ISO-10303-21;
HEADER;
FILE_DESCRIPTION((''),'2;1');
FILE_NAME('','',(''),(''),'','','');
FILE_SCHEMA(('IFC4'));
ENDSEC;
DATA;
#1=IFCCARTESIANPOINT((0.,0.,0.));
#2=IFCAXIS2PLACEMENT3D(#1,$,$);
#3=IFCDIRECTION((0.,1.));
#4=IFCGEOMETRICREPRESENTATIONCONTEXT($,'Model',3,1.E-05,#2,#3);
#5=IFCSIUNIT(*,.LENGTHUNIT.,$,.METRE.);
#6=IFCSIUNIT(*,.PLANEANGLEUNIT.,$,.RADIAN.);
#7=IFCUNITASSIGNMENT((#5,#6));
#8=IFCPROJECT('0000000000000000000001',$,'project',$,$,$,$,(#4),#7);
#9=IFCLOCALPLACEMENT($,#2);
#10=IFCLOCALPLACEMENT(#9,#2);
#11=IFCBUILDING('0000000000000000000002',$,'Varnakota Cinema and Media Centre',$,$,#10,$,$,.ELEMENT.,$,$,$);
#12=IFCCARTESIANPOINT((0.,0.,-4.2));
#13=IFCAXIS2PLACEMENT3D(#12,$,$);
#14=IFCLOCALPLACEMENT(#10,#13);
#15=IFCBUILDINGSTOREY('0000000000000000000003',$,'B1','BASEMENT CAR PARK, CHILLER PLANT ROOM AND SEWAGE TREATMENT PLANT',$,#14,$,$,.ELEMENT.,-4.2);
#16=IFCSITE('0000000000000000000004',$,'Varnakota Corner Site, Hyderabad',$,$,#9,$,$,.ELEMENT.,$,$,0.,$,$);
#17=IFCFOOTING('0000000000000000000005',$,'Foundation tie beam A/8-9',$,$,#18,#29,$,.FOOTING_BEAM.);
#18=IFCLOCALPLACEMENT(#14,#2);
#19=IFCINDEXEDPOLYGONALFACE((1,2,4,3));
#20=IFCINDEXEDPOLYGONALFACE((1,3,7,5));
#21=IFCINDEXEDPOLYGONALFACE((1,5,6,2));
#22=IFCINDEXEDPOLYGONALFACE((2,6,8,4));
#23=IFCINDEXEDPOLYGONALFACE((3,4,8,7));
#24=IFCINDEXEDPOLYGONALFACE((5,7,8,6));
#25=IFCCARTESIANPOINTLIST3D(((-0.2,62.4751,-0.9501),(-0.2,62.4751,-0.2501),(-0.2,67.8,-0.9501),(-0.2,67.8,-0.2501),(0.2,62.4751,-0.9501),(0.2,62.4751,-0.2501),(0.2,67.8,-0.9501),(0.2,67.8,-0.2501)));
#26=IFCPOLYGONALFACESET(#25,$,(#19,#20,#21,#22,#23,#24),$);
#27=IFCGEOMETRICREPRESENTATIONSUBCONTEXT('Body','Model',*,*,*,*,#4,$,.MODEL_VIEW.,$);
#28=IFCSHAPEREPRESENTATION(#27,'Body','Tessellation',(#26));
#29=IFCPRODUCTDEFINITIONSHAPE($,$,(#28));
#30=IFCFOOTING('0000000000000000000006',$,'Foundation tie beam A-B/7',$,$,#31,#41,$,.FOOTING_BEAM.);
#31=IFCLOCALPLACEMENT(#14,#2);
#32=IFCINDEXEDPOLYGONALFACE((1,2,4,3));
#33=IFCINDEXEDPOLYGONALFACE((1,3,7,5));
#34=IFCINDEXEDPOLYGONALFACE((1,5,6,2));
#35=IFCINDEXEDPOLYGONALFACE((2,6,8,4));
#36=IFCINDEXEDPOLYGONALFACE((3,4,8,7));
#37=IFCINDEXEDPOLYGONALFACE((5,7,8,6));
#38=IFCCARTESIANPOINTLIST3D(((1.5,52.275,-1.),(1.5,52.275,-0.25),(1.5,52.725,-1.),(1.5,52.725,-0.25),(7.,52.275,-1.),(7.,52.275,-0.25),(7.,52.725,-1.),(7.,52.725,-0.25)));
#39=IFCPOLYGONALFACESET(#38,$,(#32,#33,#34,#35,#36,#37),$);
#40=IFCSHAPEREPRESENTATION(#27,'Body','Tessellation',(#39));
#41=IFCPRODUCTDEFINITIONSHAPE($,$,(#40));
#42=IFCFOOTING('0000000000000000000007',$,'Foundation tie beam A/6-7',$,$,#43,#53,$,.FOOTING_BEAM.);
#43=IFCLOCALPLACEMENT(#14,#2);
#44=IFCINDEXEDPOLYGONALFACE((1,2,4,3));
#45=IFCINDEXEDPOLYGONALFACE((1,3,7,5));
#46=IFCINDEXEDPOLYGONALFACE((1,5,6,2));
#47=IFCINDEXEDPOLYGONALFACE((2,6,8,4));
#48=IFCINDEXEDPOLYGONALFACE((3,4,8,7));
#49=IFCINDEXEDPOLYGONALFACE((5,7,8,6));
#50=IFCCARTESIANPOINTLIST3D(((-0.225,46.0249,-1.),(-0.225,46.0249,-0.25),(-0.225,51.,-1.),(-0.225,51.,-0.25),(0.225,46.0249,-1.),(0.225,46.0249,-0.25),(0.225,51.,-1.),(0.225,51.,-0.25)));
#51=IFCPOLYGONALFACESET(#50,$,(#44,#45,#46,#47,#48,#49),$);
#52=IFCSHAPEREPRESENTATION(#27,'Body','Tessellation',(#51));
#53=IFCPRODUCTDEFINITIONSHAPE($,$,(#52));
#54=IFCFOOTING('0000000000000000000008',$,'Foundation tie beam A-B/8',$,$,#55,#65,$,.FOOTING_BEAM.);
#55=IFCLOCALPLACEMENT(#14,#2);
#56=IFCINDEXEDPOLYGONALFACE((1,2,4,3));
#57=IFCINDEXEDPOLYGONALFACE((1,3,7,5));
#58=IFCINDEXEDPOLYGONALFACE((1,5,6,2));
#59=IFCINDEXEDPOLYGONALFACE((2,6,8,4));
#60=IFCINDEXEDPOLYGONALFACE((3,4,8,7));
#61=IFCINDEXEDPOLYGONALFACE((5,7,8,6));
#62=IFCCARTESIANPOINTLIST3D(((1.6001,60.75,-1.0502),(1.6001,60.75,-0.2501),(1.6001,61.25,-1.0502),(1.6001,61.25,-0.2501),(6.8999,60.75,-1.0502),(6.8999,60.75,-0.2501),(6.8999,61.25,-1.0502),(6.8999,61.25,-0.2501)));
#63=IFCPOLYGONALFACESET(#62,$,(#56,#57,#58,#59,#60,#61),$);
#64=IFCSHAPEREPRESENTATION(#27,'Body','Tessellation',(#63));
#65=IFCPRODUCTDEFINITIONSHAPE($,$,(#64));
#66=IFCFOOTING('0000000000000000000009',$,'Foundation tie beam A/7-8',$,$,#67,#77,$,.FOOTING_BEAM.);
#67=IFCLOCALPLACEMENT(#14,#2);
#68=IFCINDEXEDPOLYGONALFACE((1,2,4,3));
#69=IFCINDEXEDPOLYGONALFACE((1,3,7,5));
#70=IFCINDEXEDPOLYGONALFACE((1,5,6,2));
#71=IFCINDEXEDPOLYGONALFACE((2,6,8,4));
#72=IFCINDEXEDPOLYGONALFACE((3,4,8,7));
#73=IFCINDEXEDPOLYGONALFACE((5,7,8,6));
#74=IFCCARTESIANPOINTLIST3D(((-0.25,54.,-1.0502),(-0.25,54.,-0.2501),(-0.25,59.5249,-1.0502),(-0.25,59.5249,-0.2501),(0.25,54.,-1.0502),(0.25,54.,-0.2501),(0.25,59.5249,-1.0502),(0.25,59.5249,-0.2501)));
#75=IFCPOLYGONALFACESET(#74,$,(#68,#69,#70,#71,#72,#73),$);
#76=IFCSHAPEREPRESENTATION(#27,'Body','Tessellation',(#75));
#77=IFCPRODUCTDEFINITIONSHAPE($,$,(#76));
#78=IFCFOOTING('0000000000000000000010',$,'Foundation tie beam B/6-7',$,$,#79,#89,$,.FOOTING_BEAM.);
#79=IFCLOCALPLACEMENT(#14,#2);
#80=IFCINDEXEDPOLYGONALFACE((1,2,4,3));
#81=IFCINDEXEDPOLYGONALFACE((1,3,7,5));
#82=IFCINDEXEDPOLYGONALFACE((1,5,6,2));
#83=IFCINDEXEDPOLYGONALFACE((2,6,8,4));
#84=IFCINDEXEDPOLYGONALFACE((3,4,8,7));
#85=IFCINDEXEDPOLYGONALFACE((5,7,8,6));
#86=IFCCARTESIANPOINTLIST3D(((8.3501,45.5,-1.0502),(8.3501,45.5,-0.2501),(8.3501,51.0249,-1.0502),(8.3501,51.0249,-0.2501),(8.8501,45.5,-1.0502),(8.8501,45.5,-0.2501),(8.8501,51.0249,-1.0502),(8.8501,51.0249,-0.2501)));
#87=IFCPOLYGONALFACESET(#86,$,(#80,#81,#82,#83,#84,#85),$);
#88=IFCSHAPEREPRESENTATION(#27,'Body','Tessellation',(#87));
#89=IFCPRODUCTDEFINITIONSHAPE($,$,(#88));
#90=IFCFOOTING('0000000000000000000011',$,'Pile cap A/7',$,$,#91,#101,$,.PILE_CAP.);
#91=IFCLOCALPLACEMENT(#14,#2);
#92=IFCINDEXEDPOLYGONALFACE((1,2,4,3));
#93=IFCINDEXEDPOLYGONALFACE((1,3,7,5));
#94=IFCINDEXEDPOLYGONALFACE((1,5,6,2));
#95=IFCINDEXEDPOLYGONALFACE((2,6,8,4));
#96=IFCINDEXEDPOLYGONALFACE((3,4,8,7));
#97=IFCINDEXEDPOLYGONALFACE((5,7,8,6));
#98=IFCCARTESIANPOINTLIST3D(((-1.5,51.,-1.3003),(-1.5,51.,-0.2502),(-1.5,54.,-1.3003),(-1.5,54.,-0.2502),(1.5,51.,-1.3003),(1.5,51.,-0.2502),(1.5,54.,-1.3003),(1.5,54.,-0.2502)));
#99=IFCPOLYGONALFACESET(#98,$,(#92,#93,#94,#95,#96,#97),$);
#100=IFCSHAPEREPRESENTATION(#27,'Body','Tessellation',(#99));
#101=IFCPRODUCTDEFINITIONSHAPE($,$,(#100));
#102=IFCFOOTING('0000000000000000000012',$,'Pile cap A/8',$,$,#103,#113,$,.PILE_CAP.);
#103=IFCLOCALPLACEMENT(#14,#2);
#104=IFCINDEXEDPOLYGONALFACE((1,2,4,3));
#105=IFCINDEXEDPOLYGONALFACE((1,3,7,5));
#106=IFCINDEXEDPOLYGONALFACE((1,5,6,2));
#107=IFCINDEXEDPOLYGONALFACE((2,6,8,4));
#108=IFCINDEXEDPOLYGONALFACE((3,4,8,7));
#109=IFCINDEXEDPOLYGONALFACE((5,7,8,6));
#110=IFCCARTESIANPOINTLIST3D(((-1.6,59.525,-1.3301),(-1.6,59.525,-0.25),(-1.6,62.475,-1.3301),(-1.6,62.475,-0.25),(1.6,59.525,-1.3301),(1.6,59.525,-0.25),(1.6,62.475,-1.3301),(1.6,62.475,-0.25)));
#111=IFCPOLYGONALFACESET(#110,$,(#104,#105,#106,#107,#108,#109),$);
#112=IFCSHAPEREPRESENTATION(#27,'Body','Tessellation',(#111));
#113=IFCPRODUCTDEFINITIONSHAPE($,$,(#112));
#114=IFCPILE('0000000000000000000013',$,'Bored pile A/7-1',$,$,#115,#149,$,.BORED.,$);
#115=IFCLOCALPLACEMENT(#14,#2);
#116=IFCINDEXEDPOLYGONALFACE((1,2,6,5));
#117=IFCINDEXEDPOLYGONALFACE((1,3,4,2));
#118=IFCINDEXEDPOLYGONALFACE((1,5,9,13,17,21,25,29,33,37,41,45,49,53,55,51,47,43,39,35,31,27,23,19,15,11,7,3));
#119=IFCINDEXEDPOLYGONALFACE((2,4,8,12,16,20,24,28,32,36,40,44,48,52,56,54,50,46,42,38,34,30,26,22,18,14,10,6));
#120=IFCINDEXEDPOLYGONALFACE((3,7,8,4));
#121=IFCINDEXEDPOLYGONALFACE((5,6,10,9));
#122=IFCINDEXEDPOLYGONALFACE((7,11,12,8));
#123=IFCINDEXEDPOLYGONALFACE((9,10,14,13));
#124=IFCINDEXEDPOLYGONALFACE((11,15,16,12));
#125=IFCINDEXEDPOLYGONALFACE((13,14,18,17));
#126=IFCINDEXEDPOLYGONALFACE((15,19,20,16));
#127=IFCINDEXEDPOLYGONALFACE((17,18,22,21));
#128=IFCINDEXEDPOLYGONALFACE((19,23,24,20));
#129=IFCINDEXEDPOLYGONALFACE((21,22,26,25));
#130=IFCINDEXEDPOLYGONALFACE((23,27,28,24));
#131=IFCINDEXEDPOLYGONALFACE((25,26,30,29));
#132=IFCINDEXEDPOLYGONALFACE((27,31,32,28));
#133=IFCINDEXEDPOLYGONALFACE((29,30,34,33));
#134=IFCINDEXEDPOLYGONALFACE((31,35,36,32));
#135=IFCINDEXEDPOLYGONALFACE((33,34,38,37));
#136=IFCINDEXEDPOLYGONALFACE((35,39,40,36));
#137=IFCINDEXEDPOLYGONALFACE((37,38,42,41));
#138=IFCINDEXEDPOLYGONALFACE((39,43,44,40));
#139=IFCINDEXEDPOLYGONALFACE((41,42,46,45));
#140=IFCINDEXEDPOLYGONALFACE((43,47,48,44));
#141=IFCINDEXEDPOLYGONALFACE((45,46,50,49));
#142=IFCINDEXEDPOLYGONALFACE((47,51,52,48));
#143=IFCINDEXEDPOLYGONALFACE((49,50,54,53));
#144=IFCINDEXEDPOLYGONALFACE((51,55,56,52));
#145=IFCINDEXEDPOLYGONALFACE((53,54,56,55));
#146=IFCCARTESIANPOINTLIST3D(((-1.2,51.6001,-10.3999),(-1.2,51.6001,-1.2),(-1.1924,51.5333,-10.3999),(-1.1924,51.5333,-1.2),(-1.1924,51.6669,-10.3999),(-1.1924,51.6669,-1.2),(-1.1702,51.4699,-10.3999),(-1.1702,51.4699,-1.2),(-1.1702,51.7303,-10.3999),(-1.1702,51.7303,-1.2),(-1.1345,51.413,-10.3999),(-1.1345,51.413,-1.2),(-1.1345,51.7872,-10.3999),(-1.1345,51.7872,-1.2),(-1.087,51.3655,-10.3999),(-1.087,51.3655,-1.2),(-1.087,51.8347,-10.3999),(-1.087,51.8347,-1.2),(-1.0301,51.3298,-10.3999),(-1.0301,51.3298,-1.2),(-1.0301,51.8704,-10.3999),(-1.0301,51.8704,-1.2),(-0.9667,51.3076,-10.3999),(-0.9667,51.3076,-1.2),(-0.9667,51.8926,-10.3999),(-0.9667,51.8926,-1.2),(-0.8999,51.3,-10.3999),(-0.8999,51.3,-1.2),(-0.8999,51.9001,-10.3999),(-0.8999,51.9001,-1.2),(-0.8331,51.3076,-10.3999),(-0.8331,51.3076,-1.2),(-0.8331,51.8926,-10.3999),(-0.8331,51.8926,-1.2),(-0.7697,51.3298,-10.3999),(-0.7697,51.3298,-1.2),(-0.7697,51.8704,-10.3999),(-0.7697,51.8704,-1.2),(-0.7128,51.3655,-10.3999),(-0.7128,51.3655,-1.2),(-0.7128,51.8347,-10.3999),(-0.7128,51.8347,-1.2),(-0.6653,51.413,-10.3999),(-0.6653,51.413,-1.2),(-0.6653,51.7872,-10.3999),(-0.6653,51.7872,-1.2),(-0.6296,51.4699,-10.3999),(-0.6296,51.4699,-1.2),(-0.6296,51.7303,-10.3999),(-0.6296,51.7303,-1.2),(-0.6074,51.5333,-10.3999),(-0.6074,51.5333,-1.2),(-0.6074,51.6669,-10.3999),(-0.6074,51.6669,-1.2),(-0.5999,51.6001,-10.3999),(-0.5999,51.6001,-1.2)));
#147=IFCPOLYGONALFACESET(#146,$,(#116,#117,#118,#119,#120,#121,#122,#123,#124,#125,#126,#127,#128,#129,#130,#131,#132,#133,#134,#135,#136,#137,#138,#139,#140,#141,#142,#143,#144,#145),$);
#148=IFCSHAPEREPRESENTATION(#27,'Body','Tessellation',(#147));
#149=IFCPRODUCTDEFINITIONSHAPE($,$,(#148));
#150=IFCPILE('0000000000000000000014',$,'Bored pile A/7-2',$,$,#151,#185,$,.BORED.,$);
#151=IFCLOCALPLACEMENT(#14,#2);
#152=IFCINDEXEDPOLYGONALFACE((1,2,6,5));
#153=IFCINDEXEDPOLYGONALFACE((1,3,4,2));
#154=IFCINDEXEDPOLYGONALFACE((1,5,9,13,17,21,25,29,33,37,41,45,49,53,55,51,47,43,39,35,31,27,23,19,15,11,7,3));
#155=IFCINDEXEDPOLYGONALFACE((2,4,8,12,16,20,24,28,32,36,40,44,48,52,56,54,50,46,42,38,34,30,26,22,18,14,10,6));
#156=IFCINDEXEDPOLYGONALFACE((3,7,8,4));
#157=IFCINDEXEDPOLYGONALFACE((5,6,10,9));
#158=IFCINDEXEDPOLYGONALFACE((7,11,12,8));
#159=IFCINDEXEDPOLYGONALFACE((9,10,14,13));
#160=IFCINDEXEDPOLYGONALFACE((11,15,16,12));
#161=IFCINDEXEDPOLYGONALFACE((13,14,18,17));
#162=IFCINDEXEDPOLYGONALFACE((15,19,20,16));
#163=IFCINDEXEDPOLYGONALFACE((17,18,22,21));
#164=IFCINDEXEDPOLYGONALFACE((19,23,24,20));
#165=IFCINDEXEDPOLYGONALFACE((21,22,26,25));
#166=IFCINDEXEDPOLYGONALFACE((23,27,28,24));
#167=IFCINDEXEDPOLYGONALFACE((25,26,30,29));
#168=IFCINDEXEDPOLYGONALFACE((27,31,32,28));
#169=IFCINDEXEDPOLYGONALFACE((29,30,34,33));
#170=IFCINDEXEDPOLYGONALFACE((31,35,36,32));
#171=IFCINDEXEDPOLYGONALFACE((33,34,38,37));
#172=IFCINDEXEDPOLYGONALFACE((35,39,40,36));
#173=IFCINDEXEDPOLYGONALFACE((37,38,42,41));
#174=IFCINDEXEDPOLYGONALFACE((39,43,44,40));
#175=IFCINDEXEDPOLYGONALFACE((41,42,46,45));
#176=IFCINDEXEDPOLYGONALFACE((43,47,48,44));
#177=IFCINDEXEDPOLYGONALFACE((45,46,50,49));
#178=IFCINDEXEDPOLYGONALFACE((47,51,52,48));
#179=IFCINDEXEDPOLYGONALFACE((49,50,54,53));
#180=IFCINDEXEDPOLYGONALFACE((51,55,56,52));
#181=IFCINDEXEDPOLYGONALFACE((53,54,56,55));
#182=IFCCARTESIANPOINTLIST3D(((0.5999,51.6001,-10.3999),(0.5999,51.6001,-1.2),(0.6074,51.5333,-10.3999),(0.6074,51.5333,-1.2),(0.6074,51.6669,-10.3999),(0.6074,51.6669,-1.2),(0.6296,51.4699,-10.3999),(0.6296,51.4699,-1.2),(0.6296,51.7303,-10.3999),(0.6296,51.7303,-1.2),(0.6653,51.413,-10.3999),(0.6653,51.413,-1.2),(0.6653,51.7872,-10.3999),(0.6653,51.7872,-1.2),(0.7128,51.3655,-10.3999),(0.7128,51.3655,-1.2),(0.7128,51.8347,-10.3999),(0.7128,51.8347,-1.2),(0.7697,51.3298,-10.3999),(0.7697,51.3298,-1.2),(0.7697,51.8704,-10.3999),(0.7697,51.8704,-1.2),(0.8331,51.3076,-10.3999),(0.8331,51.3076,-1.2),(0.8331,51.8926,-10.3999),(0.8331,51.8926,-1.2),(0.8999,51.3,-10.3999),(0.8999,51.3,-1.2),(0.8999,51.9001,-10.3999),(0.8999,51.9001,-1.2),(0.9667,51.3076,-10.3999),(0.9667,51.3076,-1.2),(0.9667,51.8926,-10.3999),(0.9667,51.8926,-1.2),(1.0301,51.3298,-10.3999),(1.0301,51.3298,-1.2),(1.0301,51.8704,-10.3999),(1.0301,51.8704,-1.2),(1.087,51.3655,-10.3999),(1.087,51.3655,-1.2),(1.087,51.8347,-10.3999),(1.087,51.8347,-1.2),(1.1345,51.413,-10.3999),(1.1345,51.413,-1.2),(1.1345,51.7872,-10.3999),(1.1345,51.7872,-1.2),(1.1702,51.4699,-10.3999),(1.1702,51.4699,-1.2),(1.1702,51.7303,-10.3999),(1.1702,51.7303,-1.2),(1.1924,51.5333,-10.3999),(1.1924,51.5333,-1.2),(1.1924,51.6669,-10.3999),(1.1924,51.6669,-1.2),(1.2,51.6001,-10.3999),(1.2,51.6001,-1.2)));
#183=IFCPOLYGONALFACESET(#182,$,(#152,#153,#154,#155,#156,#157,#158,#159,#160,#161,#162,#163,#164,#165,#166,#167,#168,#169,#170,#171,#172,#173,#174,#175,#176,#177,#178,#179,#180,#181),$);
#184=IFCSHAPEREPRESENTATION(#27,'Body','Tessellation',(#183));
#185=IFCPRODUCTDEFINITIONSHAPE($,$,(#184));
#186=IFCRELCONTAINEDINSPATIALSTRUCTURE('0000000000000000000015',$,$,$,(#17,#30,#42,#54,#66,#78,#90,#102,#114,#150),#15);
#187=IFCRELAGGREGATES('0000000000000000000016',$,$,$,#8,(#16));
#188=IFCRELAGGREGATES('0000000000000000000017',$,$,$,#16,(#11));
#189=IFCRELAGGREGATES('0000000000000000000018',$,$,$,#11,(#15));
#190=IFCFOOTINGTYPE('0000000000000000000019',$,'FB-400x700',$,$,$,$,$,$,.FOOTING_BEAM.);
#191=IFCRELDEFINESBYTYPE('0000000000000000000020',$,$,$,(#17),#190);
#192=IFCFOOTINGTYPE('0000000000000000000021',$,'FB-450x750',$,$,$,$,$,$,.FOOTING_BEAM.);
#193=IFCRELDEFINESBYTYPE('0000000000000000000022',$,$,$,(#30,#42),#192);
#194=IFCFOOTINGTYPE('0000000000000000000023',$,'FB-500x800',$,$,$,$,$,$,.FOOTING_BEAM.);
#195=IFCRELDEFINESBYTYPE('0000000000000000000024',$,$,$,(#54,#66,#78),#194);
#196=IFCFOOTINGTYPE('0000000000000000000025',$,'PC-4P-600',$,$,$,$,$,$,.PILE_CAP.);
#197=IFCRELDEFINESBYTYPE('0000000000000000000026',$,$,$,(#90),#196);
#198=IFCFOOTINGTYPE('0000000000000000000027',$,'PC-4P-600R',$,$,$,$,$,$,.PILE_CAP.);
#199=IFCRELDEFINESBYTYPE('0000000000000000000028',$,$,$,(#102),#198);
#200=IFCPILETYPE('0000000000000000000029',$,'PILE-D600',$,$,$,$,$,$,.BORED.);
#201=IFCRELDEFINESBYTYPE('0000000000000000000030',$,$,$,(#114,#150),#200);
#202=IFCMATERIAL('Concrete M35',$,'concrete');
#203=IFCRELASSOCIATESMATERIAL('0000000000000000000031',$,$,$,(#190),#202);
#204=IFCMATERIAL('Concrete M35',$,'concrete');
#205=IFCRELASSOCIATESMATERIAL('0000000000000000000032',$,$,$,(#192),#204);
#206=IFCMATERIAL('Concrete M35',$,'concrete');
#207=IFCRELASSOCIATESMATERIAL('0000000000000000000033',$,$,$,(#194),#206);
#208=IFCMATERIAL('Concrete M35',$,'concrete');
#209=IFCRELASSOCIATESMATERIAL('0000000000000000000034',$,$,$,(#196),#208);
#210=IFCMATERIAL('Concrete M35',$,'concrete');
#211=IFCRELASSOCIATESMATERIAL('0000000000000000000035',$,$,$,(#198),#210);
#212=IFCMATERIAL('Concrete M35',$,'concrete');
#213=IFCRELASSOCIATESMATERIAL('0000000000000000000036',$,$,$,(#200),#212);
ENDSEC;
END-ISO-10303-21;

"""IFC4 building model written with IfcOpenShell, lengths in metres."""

from ifc_helpers import new_model, si_unit, direction, frame, origin, origin_2d, place, context, subcontext, project, spatial, rectangle, circle, extrude, material, material_profile, profile_set, type_object, element, save


model = new_model("IFC4")

# Units and contexts
model_context = context("Model", 3, precision=1e-05, world=origin(), true_north=direction((0.0, 1.0)))
body_context = subcontext(model_context, "Body", "Model", "MODEL_VIEW")
ifc_project = project(units=[si_unit("LENGTHUNIT", "METRE"), si_unit("PLANEANGLEUNIT", "RADIAN")], contexts=[model_context])

# Site, building, storey
site_placement = place(None, origin())
site = spatial("IfcSite", under=ifc_project, at=site_placement, Name="Varnakota Corner Site, Hyderabad", CompositionType="ELEMENT", RefElevation=0.0)
building_placement = place(site_placement, origin())
building = spatial("IfcBuilding", under=site, at=building_placement, Name="Varnakota Cinema and Media Centre", CompositionType="ELEMENT")
storey_placement = place(building_placement, frame((0.0, 0.0, -4.2)))
storey = spatial("IfcBuildingStorey", under=building, at=storey_placement, Name="B1", Description="BASEMENT CAR PARK, CHILLER PLANT ROOM AND SEWAGE TREATMENT PLANT", CompositionType="ELEMENT", Elevation=-4.2)

# Footings
ifc_material_1 = material(Name="Concrete M35", Category="concrete")
ifc_material_profile_1 = material_profile(ifc_material_1, rectangle(XDim=0.3999, YDim=0.7, at=origin_2d()), Name="FB 400x700")
ifc_profile_set_1 = profile_set([ifc_material_profile_1], Name="Concrete M35")
footing_type_1 = type_object("IfcFootingType", Name="FB-400x700", PredefinedType="FOOTING_BEAM", material=ifc_profile_set_1)
footing_1_placement = place(storey_placement, frame((0.0, 62.4751, -0.6001), z_axis=(0.0, 1.0, 0.0), x_axis=(-1.0, 0.0, 0.0)))
element("IfcFooting", 1, at=footing_1_placement, inside=storey, type_object=footing_type_1, Name="Foundation tie beam A/8-9", PredefinedType="FOOTING_BEAM", context=body_context, shape_type="SweptSolid", body=[
    extrude(rectangle(XDim=0.3999, YDim=0.7, at=origin_2d()), origin(), (0.0, 0.0, 1.0), 5.325),
])
ifc_material_2 = material(Name="Concrete M35", Category="concrete")
ifc_material_profile_2 = material_profile(ifc_material_2, rectangle(XDim=0.45, YDim=0.75, at=origin_2d()), Name="FB 450x750")
ifc_profile_set_2 = profile_set([ifc_material_profile_2], Name="Concrete M35")
footing_type_2 = type_object("IfcFootingType", Name="FB-450x750", PredefinedType="FOOTING_BEAM", material=ifc_profile_set_2)
footing_2_placement = place(storey_placement, frame((1.5, 52.5, -0.625), z_axis=(1.0, 0.0, 0.0), x_axis=(0.0, 1.0, 0.0)))
element("IfcFooting", 2, at=footing_2_placement, inside=storey, type_object=footing_type_2, Name="Foundation tie beam A-B/7", PredefinedType="FOOTING_BEAM", context=body_context, shape_type="SweptSolid", body=[
    extrude(rectangle(XDim=0.45, YDim=0.75, at=origin_2d()), origin(), (0.0, 0.0, 1.0), 5.5),
])
footing_3_placement = place(storey_placement, frame((0.0, 46.0249, -0.625), z_axis=(0.0, 1.0, 0.0), x_axis=(-1.0, 0.0, 0.0)))
element("IfcFooting", 3, at=footing_3_placement, inside=storey, type_object=footing_type_2, Name="Foundation tie beam A/6-7", PredefinedType="FOOTING_BEAM", context=body_context, shape_type="SweptSolid", body=[
    extrude(rectangle(XDim=0.45, YDim=0.75, at=origin_2d()), origin(), (0.0, 0.0, 1.0), 4.9751),
])
ifc_material_3 = material(Name="Concrete M35", Category="concrete")
ifc_material_profile_3 = material_profile(ifc_material_3, rectangle(XDim=0.5, YDim=0.8, at=origin_2d()), Name="FB 500x800")
ifc_profile_set_3 = profile_set([ifc_material_profile_3], Name="Concrete M35")
footing_type_3 = type_object("IfcFootingType", Name="FB-500x800", PredefinedType="FOOTING_BEAM", material=ifc_profile_set_3)
footing_4_placement = place(storey_placement, frame((1.6001, 61.0, -0.6501), z_axis=(1.0, 0.0, 0.0), x_axis=(0.0, 1.0, 0.0)))
element("IfcFooting", 4, at=footing_4_placement, inside=storey, type_object=footing_type_3, Name="Foundation tie beam A-B/8", PredefinedType="FOOTING_BEAM", context=body_context, shape_type="SweptSolid", body=[
    extrude(rectangle(XDim=0.5, YDim=0.8, at=origin_2d()), origin(), (0.0, 0.0, 1.0), 5.2998),
])
for number, where, z_axis, x_axis, name in (
    (5, (0.0, 54.0, -0.6501), (0.0, 1.0, 0.0), (-1.0, 0.0, 0.0), "Foundation tie beam A/7-8"),
    (6, (8.6001, 45.5, -0.6501), (0.0, 1.0, 0.0), (-1.0, 0.0, 0.0), "Foundation tie beam B/6-7"),
):
    element("IfcFooting", number, at=place(storey_placement, frame(where, z_axis=z_axis, x_axis=x_axis)), inside=storey, type_object=footing_type_3, Name=name, PredefinedType="FOOTING_BEAM", context=body_context, shape_type="SweptSolid", body=[
        extrude(rectangle(XDim=0.5, YDim=0.8, at=origin_2d()), origin(), (0.0, 0.0, 1.0), 5.5249),
    ])
ifc_material_4 = material(Name="Concrete M35", Category="concrete")
footing_type_4 = type_object("IfcFootingType", Name="PC-4P-600", PredefinedType="PILE_CAP", material=ifc_material_4)
footing_5_placement = place(storey_placement, frame((0.0, 52.5, -1.3003), z_axis=(0.0, 0.0, 1.0), x_axis=(1.0, 0.0, 0.0)))
element("IfcFooting", 7, at=footing_5_placement, inside=storey, type_object=footing_type_4, Name="Pile cap A/7", PredefinedType="PILE_CAP", context=body_context, shape_type="SweptSolid", body=[
    extrude(rectangle(XDim=3.0, YDim=3.0, at=origin_2d()), origin(), (0.0, 0.0, 1.0), 1.05),
])
ifc_material_5 = material(Name="Concrete M35", Category="concrete")
footing_type_5 = type_object("IfcFootingType", Name="PC-4P-600R", PredefinedType="PILE_CAP", material=ifc_material_5)
footing_6_placement = place(storey_placement, frame((0.0, 61.0, -1.3301), z_axis=(0.0, 0.0, 1.0), x_axis=(1.0, 0.0, 0.0)))
element("IfcFooting", 8, at=footing_6_placement, inside=storey, type_object=footing_type_5, Name="Pile cap A/8", PredefinedType="PILE_CAP", context=body_context, shape_type="SweptSolid", body=[
    extrude(rectangle(XDim=3.2, YDim=2.95, at=origin_2d()), origin(), (0.0, 0.0, 1.0), 1.0801),
])

# Piles
ifc_material_6 = material(Name="Concrete M35", Category="concrete")
ifc_material_profile_4 = material_profile(ifc_material_6, circle(Radius=0.3, at=origin_2d()), Name="PILE D600")
ifc_profile_set_4 = profile_set([ifc_material_profile_4], Name="Concrete M35")
pile_type_1 = type_object("IfcPileType", Name="PILE-D600", PredefinedType="BORED", material=ifc_profile_set_4)
for number, where, z_axis, x_axis, name in (
    (9, (-0.8999, 51.6001, -1.2), (0.0, 0.0, -1.0), (1.0, 0.0, 0.0), "Bored pile A/7-1"),
    (10, (0.8999, 51.6001, -1.2), (0.0, 0.0, -1.0), (1.0, 0.0, 0.0), "Bored pile A/7-2"),
):
    element("IfcPile", number, at=place(storey_placement, frame(where, z_axis=z_axis, x_axis=x_axis)), inside=storey, type_object=pile_type_1, Name=name, PredefinedType="BORED", context=body_context, shape_type="SweptSolid", body=[
        extrude(circle(Radius=0.3, at=origin_2d()), origin(), (0.0, 0.0, 1.0), 9.2),
    ])

save(model, "model.ifc")
